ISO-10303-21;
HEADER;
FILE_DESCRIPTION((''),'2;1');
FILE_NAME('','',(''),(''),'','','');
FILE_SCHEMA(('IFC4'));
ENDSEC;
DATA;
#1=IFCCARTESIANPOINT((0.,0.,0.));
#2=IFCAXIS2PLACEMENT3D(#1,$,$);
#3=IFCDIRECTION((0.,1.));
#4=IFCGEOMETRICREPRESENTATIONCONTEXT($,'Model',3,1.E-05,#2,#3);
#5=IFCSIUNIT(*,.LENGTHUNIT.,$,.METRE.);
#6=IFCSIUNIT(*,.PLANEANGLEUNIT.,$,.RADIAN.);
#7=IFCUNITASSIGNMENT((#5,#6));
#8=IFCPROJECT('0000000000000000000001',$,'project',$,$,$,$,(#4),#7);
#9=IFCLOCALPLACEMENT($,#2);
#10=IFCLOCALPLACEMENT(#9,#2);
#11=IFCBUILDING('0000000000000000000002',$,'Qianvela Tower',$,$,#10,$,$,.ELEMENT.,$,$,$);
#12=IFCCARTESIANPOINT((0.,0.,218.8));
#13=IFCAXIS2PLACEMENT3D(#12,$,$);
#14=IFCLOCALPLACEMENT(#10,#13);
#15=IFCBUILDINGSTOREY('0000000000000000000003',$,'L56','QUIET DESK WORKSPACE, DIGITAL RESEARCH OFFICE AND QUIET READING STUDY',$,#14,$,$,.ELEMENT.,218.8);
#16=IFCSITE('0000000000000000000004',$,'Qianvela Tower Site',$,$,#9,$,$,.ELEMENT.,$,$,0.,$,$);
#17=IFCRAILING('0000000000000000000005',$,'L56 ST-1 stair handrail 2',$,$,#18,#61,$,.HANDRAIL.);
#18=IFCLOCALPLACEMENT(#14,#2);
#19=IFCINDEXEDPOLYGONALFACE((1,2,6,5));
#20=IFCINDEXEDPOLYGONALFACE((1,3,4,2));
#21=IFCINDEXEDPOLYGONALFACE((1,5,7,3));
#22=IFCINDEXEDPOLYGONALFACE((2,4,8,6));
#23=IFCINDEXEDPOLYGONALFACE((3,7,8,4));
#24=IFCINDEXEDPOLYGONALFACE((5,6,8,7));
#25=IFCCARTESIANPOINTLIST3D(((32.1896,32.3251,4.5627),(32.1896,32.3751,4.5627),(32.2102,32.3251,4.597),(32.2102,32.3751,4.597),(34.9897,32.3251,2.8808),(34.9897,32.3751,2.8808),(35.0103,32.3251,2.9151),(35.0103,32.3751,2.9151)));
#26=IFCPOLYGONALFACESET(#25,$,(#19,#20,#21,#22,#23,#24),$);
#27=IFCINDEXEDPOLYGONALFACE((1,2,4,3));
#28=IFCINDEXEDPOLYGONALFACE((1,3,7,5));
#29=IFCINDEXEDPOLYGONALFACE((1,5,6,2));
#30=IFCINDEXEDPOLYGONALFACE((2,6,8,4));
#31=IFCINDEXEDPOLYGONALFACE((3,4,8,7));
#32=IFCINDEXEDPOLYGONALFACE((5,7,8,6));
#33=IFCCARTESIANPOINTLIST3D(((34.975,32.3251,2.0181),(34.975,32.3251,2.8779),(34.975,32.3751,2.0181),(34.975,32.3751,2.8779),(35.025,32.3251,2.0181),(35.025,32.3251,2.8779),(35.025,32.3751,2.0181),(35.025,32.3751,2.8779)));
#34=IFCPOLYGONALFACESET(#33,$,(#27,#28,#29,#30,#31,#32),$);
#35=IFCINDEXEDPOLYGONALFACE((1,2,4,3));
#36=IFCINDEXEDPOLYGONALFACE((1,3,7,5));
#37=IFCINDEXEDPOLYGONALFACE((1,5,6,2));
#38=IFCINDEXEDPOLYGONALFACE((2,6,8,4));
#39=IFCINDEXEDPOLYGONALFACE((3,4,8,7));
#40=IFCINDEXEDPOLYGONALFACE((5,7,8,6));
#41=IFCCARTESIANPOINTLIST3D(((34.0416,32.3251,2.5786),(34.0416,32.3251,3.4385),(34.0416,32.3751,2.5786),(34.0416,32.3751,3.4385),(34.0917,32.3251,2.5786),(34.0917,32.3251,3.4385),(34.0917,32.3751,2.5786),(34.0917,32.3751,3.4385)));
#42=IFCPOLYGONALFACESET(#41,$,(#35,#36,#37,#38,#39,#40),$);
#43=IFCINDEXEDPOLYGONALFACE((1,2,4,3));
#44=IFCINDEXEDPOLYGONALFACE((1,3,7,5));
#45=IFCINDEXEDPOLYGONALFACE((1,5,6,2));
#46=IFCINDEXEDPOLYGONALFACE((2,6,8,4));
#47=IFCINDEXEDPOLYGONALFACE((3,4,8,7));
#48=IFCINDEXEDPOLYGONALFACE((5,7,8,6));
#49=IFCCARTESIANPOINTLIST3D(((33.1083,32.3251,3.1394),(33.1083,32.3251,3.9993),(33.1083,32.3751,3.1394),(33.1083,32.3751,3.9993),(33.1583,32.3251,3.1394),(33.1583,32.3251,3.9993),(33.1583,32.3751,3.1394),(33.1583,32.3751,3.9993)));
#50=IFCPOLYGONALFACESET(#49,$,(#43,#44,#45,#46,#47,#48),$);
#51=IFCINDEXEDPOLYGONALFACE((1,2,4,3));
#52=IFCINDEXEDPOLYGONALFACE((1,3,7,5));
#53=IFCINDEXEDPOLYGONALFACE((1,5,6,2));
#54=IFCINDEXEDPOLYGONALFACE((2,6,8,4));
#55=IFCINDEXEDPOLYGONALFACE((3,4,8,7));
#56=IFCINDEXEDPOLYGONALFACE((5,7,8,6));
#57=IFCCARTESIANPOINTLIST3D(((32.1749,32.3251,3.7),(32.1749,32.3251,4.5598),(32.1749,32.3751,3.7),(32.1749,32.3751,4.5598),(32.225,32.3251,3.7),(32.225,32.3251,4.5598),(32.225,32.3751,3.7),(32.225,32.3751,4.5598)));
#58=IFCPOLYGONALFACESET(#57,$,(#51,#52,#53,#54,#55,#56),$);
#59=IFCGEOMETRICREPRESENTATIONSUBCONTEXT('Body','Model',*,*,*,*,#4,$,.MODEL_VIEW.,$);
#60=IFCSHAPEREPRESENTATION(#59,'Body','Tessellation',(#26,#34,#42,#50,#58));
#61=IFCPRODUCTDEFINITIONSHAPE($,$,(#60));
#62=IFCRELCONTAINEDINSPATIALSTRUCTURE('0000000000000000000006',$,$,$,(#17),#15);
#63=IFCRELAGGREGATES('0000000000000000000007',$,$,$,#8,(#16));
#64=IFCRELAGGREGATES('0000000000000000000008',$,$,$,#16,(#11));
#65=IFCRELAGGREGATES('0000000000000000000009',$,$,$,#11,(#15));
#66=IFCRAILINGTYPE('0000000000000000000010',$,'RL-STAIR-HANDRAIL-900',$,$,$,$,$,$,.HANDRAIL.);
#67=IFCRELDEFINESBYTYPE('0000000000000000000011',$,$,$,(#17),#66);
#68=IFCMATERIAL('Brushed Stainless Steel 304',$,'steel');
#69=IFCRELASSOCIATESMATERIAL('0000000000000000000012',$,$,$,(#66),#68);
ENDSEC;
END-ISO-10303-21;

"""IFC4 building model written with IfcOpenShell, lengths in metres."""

from ifc_helpers import new_model, si_unit, direction, frame, origin, origin_2d, place, context, subcontext, project, spatial, rectangle, extrude, material, type_object, element, save


model = new_model("IFC4")

# Units and contexts
model_context = context("Model", 3, precision=1e-05, world=origin(), true_north=direction((0.0, 1.0)))
body_context = subcontext(model_context, "Body", "Model", "MODEL_VIEW")
ifc_project = project(units=[si_unit("LENGTHUNIT", "METRE"), si_unit("PLANEANGLEUNIT", "RADIAN")], contexts=[model_context])

# Site, building, storey
site_placement = place(None, origin())
site = spatial("IfcSite", under=ifc_project, at=site_placement, Name="Qianvela Tower Site", CompositionType="ELEMENT", RefElevation=0.0)
building_placement = place(site_placement, origin())
building = spatial("IfcBuilding", under=site, at=building_placement, Name="Qianvela Tower", CompositionType="ELEMENT")
storey_placement = place(building_placement, frame((0.0, 0.0, 218.8)))
storey = spatial("IfcBuildingStorey", under=building, at=storey_placement, Name="L56", Description="QUIET DESK WORKSPACE, DIGITAL RESEARCH OFFICE AND QUIET READING STUDY", CompositionType="ELEMENT", Elevation=218.8)

# Railing
ifc_material_1 = material(Name="Brushed Stainless Steel 304", Category="steel")
railing_type_1 = type_object("IfcRailingType", Name="RL-STAIR-HANDRAIL-900", PredefinedType="HANDRAIL", material=ifc_material_1)
railing_1_placement = place(storey_placement, frame((35.0, 32.3501, 2.0181)))
element("IfcRailing", 1, at=railing_1_placement, inside=storey, type_object=railing_type_1, Name="L56 ST-1 stair handrail 2", PredefinedType="HANDRAIL", context=body_context, shape_type="SweptSolid", body=[
    extrude(rectangle(XDim=0.05, YDim=0.04, at=origin_2d()), frame((0.0, 0.0, 0.8799), z_axis=(-0.857242, 0.0, 0.514913), x_axis=(0.0, -1.0, 0.0)), (0.0, 0.0, 1.0), 3.2664),
    extrude(rectangle(XDim=0.05, YDim=0.05, at=origin_2d()), origin(), (0.0, 0.0, 1.0), 0.8599),
    extrude(rectangle(XDim=0.05, YDim=0.05, at=origin_2d()), frame((-0.9333, 0.0, 0.5605)), (0.0, 0.0, 1.0), 0.8599),
    extrude(rectangle(XDim=0.05, YDim=0.05, at=origin_2d()), frame((-1.8667, 0.0, 1.1213)), (0.0, 0.0, 1.0), 0.8599),
    extrude(rectangle(XDim=0.05, YDim=0.05, at=origin_2d()), frame((-2.8, 0.0, 1.6819)), (0.0, 0.0, 1.0), 0.8599),
])

save(model, "model.ifc")
